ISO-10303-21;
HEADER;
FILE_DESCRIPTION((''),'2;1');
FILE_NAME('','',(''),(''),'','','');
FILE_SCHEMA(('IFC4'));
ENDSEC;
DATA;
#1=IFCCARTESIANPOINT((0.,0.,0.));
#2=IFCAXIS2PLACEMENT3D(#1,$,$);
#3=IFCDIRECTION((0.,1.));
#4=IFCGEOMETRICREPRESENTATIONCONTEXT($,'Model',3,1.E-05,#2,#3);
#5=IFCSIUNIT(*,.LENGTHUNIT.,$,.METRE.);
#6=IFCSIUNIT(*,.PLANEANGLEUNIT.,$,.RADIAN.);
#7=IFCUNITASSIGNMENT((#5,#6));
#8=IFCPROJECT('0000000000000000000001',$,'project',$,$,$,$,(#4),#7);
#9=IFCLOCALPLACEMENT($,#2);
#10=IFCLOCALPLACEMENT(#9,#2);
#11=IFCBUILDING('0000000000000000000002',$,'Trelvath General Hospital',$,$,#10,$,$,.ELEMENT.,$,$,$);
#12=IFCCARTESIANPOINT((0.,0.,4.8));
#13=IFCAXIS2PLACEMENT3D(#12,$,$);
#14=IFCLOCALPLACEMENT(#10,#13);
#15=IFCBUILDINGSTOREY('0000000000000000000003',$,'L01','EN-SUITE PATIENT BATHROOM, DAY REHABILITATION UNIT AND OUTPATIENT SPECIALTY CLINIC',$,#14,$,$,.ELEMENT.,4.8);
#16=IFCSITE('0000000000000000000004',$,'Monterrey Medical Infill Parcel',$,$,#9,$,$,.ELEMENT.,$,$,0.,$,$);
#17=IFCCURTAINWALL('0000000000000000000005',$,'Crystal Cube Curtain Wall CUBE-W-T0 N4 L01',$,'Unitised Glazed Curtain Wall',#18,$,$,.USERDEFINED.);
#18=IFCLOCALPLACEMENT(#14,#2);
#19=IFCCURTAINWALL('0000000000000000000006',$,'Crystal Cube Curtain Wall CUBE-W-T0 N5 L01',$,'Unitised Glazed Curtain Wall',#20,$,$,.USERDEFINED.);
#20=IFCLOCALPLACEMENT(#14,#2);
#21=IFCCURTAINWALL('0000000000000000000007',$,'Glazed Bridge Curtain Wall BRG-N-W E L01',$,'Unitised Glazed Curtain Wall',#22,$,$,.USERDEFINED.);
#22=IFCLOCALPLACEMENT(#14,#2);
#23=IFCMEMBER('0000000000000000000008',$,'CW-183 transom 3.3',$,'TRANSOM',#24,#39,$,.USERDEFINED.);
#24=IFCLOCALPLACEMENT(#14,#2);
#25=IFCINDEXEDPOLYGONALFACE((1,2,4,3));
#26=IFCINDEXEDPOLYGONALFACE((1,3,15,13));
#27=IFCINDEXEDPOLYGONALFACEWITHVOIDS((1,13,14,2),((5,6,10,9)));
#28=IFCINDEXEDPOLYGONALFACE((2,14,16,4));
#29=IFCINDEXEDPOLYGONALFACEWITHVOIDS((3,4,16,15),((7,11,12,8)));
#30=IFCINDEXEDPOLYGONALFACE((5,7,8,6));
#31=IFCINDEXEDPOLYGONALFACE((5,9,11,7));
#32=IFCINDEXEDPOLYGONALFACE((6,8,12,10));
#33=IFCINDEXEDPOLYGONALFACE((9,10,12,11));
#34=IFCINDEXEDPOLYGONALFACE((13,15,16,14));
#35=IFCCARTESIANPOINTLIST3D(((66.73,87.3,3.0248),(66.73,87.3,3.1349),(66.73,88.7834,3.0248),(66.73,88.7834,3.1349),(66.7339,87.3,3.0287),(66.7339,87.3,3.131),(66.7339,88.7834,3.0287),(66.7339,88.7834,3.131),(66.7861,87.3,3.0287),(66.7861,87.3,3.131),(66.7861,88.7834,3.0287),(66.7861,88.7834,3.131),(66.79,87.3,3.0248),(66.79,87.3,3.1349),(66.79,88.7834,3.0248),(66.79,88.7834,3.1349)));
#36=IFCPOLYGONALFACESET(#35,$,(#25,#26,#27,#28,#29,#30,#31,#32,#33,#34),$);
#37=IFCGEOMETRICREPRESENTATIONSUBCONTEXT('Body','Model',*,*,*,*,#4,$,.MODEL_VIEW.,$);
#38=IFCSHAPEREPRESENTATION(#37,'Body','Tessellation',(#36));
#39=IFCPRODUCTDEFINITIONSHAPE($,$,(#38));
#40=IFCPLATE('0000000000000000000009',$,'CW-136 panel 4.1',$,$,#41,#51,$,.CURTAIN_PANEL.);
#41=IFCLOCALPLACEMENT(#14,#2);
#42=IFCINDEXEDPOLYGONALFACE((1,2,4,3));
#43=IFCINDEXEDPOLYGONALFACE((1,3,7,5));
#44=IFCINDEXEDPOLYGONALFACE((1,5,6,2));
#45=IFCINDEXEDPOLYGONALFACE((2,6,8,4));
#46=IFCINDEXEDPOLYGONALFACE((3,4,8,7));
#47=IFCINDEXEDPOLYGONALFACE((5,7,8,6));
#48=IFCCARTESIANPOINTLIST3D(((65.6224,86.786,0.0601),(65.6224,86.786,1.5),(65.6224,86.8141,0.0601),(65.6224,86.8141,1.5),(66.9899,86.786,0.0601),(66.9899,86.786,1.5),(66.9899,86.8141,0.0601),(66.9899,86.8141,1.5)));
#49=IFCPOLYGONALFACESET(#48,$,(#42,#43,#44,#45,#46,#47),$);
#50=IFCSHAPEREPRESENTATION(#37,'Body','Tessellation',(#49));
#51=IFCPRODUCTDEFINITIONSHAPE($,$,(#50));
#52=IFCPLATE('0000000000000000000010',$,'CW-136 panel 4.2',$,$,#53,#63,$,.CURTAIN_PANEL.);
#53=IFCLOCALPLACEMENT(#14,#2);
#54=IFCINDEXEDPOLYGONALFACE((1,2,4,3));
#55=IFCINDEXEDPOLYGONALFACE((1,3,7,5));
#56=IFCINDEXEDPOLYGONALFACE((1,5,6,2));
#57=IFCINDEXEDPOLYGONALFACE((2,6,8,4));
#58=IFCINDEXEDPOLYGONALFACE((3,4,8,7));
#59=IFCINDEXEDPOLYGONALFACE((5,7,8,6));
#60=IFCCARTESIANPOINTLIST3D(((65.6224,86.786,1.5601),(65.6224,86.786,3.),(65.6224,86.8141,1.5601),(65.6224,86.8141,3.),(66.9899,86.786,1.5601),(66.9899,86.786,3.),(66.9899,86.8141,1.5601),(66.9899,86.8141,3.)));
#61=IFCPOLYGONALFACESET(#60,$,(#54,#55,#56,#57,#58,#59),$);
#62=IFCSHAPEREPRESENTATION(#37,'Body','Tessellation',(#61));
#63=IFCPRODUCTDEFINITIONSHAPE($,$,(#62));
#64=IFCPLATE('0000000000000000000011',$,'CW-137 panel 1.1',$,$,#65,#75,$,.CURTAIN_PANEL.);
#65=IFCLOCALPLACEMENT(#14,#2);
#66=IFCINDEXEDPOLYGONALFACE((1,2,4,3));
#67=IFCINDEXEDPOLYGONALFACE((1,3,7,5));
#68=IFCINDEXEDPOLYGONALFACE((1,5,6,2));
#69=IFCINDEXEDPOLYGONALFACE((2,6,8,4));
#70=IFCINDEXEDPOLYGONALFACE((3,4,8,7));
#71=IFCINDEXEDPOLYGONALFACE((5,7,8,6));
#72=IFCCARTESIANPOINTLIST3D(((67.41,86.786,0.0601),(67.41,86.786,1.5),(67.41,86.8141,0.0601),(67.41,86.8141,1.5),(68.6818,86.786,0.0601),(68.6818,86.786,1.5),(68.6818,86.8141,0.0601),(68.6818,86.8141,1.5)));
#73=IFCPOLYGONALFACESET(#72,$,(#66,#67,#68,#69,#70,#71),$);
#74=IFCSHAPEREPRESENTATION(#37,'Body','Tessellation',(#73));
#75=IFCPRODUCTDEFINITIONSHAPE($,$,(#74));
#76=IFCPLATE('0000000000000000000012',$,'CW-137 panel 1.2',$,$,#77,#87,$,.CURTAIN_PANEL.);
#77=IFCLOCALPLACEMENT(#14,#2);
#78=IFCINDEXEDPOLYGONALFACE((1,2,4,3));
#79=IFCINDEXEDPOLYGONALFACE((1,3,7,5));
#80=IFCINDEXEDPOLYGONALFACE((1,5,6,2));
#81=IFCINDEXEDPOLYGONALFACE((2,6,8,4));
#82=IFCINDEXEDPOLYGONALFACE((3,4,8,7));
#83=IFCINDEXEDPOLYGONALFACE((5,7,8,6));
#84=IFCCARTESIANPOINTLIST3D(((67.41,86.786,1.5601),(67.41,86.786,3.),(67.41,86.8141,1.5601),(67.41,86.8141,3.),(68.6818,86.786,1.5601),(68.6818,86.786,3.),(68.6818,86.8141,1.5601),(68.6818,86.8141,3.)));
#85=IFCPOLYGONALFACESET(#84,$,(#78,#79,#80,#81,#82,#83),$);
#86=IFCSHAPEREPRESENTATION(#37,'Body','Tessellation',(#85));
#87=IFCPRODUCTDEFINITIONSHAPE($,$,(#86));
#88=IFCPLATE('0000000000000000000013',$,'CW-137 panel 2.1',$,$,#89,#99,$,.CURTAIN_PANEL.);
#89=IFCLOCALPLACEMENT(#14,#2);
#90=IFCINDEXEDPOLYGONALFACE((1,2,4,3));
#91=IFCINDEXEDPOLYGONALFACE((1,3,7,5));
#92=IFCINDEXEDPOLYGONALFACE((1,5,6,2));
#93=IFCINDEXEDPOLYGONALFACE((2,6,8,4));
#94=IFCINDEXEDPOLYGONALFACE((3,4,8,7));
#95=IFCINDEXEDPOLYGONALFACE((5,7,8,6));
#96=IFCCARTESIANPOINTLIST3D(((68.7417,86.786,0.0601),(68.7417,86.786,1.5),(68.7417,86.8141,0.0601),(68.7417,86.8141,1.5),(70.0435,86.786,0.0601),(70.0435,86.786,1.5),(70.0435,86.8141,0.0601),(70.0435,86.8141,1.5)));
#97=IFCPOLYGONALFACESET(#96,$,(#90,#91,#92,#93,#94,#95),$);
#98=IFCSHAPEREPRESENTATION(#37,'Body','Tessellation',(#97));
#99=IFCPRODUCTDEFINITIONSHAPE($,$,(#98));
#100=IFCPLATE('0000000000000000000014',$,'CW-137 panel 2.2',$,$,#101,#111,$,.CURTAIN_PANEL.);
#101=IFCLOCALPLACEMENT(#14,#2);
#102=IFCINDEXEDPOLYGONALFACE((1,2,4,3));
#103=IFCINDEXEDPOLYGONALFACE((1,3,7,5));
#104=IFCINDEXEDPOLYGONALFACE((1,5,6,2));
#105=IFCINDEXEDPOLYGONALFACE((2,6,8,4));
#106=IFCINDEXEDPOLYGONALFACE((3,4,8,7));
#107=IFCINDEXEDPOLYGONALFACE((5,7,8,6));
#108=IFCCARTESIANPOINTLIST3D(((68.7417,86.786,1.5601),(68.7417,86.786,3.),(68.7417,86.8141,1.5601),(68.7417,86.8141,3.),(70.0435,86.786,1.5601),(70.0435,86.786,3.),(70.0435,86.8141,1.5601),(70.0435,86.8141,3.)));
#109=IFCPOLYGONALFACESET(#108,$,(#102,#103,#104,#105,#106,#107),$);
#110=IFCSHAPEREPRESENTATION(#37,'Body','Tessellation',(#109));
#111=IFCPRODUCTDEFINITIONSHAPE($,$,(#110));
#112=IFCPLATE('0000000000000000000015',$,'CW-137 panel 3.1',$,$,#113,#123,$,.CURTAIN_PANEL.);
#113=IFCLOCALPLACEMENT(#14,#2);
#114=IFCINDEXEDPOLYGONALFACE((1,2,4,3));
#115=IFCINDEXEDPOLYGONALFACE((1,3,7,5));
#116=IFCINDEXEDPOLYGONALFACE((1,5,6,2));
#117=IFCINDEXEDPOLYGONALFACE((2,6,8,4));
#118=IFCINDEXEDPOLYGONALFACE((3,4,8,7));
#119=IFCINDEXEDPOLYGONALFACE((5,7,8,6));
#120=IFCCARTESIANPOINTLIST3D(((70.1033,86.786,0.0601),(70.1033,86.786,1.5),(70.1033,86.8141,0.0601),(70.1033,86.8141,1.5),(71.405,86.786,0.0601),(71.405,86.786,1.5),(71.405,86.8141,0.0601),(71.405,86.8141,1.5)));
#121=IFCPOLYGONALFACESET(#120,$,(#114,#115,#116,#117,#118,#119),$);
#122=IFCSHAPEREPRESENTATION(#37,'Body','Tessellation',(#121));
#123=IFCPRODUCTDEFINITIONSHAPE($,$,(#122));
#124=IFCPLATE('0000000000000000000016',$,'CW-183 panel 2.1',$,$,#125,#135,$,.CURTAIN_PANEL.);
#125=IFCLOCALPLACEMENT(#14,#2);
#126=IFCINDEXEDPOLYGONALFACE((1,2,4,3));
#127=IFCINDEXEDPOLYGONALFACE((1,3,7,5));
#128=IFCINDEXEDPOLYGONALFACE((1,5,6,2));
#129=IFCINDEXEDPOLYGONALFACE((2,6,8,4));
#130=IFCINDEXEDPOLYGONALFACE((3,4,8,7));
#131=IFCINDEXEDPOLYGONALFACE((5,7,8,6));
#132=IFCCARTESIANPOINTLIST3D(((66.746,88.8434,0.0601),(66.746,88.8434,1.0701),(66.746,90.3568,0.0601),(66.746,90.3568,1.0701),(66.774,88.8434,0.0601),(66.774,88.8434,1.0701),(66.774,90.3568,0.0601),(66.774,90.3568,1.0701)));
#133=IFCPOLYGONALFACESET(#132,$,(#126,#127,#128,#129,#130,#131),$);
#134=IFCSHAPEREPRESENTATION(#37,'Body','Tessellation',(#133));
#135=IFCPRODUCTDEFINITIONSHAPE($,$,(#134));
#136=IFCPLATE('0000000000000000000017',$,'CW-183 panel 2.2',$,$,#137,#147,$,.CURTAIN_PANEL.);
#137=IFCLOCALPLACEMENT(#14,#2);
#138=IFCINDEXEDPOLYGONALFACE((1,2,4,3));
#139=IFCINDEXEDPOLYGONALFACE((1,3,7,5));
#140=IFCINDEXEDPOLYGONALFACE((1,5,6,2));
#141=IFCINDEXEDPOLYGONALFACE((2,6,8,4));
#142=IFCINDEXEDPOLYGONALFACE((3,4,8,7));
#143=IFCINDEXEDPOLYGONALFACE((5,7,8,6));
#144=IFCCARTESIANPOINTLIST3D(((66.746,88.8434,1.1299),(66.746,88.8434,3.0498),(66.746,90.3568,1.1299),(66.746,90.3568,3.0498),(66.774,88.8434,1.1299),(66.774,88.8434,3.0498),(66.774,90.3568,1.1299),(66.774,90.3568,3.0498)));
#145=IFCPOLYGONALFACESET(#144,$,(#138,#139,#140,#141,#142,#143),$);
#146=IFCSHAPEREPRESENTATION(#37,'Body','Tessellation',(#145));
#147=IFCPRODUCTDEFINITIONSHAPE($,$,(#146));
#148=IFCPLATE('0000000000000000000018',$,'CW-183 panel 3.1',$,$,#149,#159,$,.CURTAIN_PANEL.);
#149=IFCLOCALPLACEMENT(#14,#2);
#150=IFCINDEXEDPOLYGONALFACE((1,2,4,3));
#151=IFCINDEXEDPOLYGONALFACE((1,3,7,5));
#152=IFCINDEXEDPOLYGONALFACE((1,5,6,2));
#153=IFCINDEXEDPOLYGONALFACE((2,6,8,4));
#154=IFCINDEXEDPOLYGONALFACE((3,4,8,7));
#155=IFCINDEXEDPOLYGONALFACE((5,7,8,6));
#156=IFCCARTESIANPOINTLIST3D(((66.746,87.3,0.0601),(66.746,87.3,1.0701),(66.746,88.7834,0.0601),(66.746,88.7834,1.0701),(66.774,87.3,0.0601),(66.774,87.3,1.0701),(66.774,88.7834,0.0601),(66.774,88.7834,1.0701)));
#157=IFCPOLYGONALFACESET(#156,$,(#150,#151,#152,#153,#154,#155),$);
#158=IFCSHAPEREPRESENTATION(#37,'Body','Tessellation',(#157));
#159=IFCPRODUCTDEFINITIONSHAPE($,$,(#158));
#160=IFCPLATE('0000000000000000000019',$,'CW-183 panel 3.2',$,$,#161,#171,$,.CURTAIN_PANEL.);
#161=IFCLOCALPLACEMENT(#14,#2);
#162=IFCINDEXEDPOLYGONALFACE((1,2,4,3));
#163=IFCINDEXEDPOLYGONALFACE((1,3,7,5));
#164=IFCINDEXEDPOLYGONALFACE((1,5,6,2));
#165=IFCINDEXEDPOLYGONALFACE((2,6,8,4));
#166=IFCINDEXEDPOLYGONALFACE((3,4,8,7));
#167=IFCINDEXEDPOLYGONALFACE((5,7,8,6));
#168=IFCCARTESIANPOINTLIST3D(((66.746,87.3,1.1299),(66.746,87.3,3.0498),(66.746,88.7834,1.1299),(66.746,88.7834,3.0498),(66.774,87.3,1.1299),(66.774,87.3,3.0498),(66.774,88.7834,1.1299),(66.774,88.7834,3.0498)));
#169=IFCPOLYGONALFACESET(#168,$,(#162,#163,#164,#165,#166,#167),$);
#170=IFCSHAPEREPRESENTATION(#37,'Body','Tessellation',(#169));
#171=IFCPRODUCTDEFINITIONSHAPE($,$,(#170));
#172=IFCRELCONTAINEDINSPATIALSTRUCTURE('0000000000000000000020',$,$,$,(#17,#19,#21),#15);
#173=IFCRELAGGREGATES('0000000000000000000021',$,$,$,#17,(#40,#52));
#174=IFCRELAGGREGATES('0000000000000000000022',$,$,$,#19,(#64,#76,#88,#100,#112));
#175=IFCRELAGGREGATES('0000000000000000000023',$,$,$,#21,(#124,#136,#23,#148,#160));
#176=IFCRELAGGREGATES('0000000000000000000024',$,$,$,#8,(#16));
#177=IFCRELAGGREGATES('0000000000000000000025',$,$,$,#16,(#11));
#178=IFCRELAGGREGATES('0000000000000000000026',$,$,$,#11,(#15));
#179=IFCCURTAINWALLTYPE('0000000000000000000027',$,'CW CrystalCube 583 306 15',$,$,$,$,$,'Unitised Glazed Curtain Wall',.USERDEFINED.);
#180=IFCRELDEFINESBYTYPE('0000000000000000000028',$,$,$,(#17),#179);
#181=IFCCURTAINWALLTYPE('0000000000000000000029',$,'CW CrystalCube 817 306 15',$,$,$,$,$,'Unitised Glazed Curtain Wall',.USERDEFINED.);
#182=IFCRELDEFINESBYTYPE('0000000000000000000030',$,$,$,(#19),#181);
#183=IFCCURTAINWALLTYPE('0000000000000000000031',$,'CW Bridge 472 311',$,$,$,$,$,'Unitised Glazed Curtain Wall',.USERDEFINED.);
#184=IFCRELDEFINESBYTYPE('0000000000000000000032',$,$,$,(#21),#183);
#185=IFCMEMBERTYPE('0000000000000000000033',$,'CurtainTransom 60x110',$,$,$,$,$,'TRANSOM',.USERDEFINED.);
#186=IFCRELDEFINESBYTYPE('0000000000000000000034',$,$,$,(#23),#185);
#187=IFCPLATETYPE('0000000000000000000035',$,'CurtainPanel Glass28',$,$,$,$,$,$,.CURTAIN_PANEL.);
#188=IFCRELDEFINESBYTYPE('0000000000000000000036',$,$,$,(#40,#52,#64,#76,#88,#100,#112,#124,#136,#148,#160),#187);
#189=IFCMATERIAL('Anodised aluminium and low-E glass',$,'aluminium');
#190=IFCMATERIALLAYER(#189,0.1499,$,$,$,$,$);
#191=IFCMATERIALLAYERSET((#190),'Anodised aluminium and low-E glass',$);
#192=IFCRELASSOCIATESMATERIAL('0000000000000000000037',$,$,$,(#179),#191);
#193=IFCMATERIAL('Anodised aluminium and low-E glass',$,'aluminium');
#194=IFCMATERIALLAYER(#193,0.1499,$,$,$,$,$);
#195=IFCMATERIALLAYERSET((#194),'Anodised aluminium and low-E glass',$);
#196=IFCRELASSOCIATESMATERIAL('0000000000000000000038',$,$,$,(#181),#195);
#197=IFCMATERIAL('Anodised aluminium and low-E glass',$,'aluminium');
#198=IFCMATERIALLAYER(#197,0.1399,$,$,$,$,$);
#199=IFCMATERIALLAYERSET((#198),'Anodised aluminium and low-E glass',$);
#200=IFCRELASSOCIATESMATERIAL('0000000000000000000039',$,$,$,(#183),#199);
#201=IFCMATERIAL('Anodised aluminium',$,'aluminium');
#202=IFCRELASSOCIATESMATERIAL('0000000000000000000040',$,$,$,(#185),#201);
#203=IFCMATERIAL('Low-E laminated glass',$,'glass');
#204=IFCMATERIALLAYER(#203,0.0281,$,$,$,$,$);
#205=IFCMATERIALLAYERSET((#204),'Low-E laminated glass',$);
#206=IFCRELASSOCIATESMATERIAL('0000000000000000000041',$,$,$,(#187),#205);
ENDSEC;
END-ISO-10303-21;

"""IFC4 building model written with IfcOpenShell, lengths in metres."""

from ifc_helpers import new_model, si_unit, direction, frame, origin, origin_2d, place, context, subcontext, project, spatial, rectangle, hollow_rectangle, extrude, material, layer, layer_set, material_profile, profile_set, type_object, element, aggregate, save


model = new_model("IFC4")

# Units and contexts
model_context = context("Model", 3, precision=1e-05, world=origin(), true_north=direction((0.0, 1.0)))
body_context = subcontext(model_context, "Body", "Model", "MODEL_VIEW")
ifc_project = project(units=[si_unit("LENGTHUNIT", "METRE"), si_unit("PLANEANGLEUNIT", "RADIAN")], contexts=[model_context])

# Site, building, storey
site_placement = place(None, origin())
site = spatial("IfcSite", under=ifc_project, at=site_placement, Name="Monterrey Medical Infill Parcel", CompositionType="ELEMENT", RefElevation=0.0)
building_placement = place(site_placement, origin())
building = spatial("IfcBuilding", under=site, at=building_placement, Name="Trelvath General Hospital", CompositionType="ELEMENT")
storey_placement = place(building_placement, frame((0.0, 0.0, 4.8)))
storey = spatial("IfcBuildingStorey", under=building, at=storey_placement, Name="L01", Description="EN-SUITE PATIENT BATHROOM, DAY REHABILITATION UNIT AND OUTPATIENT SPECIALTY CLINIC", CompositionType="ELEMENT", Elevation=4.8)

# Curtain wall
ifc_material_1 = material(Name="Anodised aluminium and low-E glass", Category="aluminium")
ifc_layer_1 = layer(ifc_material_1, 0.1499)
ifc_layer_set_1 = layer_set([ifc_layer_1], Name="Anodised aluminium and low-E glass")
curtain_wall_type_1 = type_object("IfcCurtainWallType", Name="CW CrystalCube 583 306 15", ElementType="Unitised Glazed Curtain Wall", PredefinedType="USERDEFINED", material=ifc_layer_set_1)
curtain_wall_1_placement = place(storey_placement, origin())
curtain_wall_1 = element("IfcCurtainWall", 1, at=curtain_wall_1_placement, inside=storey, type_object=curtain_wall_type_1, Name="Crystal Cube Curtain Wall CUBE-W-T0 N4 L01", ObjectType="Unitised Glazed Curtain Wall", PredefinedType="USERDEFINED")

# Curtain walls
ifc_material_2 = material(Name="Anodised aluminium and low-E glass", Category="aluminium")
ifc_layer_2 = layer(ifc_material_2, 0.1499)
ifc_layer_set_2 = layer_set([ifc_layer_2], Name="Anodised aluminium and low-E glass")
curtain_wall_type_2 = type_object("IfcCurtainWallType", Name="CW CrystalCube 817 306 15", ElementType="Unitised Glazed Curtain Wall", PredefinedType="USERDEFINED", material=ifc_layer_set_2)
curtain_wall_2_placement = place(storey_placement, origin())
curtain_wall_2 = element("IfcCurtainWall", 2, at=curtain_wall_2_placement, inside=storey, type_object=curtain_wall_type_2, Name="Crystal Cube Curtain Wall CUBE-W-T0 N5 L01", ObjectType="Unitised Glazed Curtain Wall", PredefinedType="USERDEFINED")
ifc_material_3 = material(Name="Anodised aluminium and low-E glass", Category="aluminium")
ifc_layer_3 = layer(ifc_material_3, 0.1399)
ifc_layer_set_3 = layer_set([ifc_layer_3], Name="Anodised aluminium and low-E glass")
curtain_wall_type_3 = type_object("IfcCurtainWallType", Name="CW Bridge 472 311", ElementType="Unitised Glazed Curtain Wall", PredefinedType="USERDEFINED", material=ifc_layer_set_3)
curtain_wall_3_placement = place(storey_placement, origin())
curtain_wall_3 = element("IfcCurtainWall", 3, at=curtain_wall_3_placement, inside=storey, type_object=curtain_wall_type_3, Name="Glazed Bridge Curtain Wall BRG-N-W E L01", ObjectType="Unitised Glazed Curtain Wall", PredefinedType="USERDEFINED")

# Member
ifc_material_4 = material(Name="Anodised aluminium", Category="aluminium")
ifc_material_profile_1 = material_profile(ifc_material_4, hollow_rectangle(XDim=0.0601, YDim=0.1101, WallThickness=0.0039, at=origin_2d()), Name="RHS60x110x4")
ifc_profile_set_1 = profile_set([ifc_material_profile_1], Name="Anodised aluminium")
member_type_1 = type_object("IfcMemberType", Name="CurtainTransom 60x110", ElementType="TRANSOM", PredefinedType="USERDEFINED", material=ifc_profile_set_1)
member_1_placement = place(storey_placement, frame((66.76, 88.7834, 3.0798), z_axis=(0.0, -1.0, 0.0), x_axis=(1.0, 0.0, 0.0)))
member_1 = element("IfcMember", 4, at=member_1_placement, type_object=member_type_1, Name="CW-183 transom 3.3", ObjectType="TRANSOM", PredefinedType="USERDEFINED", context=body_context, shape_type="SweptSolid", body=[
    extrude(hollow_rectangle(XDim=0.0601, YDim=0.1101, WallThickness=0.0039, at=origin_2d()), origin(), (0.0, 0.0, 1.0), 1.4834),
])

# Plates
ifc_material_5 = material(Name="Low-E laminated glass", Category="glass")
ifc_layer_4 = layer(ifc_material_5, 0.0281)
ifc_layer_set_4 = layer_set([ifc_layer_4], Name="Low-E laminated glass")
plate_type = type_object("IfcPlateType", Name="CurtainPanel Glass28", PredefinedType="CURTAIN_PANEL", material=ifc_layer_set_4)
plate_1_placement = place(storey_placement, frame((66.3062, 86.8, 0.0601), z_axis=(0.0, 0.0, 1.0), x_axis=(1.0, 0.0, 0.0)))
plate_1 = element("IfcPlate", 5, at=plate_1_placement, type_object=plate_type, Name="CW-136 panel 4.1", PredefinedType="CURTAIN_PANEL", context=body_context, shape_type="SweptSolid", body=[
    extrude(rectangle(XDim=1.3674, YDim=0.0281, at=origin_2d()), origin(), (0.0, 0.0, 1.0), 1.4399),
])
plate_2_placement = place(storey_placement, frame((66.3062, 86.8, 1.5601), z_axis=(0.0, 0.0, 1.0), x_axis=(1.0, 0.0, 0.0)))
plate_2 = element("IfcPlate", 6, at=plate_2_placement, type_object=plate_type, Name="CW-136 panel 4.2", PredefinedType="CURTAIN_PANEL", context=body_context, shape_type="SweptSolid", body=[
    extrude(rectangle(XDim=1.3674, YDim=0.0281, at=origin_2d()), origin(), (0.0, 0.0, 1.0), 1.4399),
])
aggregate(curtain_wall_1, [plate_1, plate_2])
plate_3_placement = place(storey_placement, frame((68.0459, 86.8, 0.0601), z_axis=(0.0, 0.0, 1.0), x_axis=(1.0, 0.0, 0.0)))
plate_3 = element("IfcPlate", 7, at=plate_3_placement, type_object=plate_type, Name="CW-137 panel 1.1", PredefinedType="CURTAIN_PANEL", context=body_context, shape_type="SweptSolid", body=[
    extrude(rectangle(XDim=1.2717, YDim=0.0281, at=origin_2d()), origin(), (0.0, 0.0, 1.0), 1.4399),
])
plate_4_placement = place(storey_placement, frame((68.0459, 86.8, 1.5601), z_axis=(0.0, 0.0, 1.0), x_axis=(1.0, 0.0, 0.0)))
plate_4 = element("IfcPlate", 8, at=plate_4_placement, type_object=plate_type, Name="CW-137 panel 1.2", PredefinedType="CURTAIN_PANEL", context=body_context, shape_type="SweptSolid", body=[
    extrude(rectangle(XDim=1.2717, YDim=0.0281, at=origin_2d()), origin(), (0.0, 0.0, 1.0), 1.4399),
])
plate_5_placement = place(storey_placement, frame((69.3926, 86.8, 0.0601), z_axis=(0.0, 0.0, 1.0), x_axis=(1.0, 0.0, 0.0)))
plate_5 = element("IfcPlate", 9, at=plate_5_placement, type_object=plate_type, Name="CW-137 panel 2.1", PredefinedType="CURTAIN_PANEL", context=body_context, shape_type="SweptSolid", body=[
    extrude(rectangle(XDim=1.3018, YDim=0.0281, at=origin_2d()), origin(), (0.0, 0.0, 1.0), 1.4399),
])
plate_6_placement = place(storey_placement, frame((69.3926, 86.8, 1.5601), z_axis=(0.0, 0.0, 1.0), x_axis=(1.0, 0.0, 0.0)))
plate_6 = element("IfcPlate", 10, at=plate_6_placement, type_object=plate_type, Name="CW-137 panel 2.2", PredefinedType="CURTAIN_PANEL", context=body_context, shape_type="SweptSolid", body=[
    extrude(rectangle(XDim=1.3018, YDim=0.0281, at=origin_2d()), origin(), (0.0, 0.0, 1.0), 1.4399),
])
plate_7_placement = place(storey_placement, frame((70.7542, 86.8, 0.0601), z_axis=(0.0, 0.0, 1.0), x_axis=(1.0, 0.0, 0.0)))
plate_7 = element("IfcPlate", 11, at=plate_7_placement, type_object=plate_type, Name="CW-137 panel 3.1", PredefinedType="CURTAIN_PANEL", context=body_context, shape_type="SweptSolid", body=[
    extrude(rectangle(XDim=1.3018, YDim=0.0281, at=origin_2d()), origin(), (0.0, 0.0, 1.0), 1.4399),
])
aggregate(curtain_wall_2, [plate_3, plate_4, plate_5, plate_6, plate_7])
plate_8_placement = place(storey_placement, frame((66.76, 89.6001, 0.0601), z_axis=(0.0, 0.0, 1.0), x_axis=(0.0, -1.0, 0.0)))
plate_8 = element("IfcPlate", 12, at=plate_8_placement, type_object=plate_type, Name="CW-183 panel 2.1", PredefinedType="CURTAIN_PANEL", context=body_context, shape_type="SweptSolid", body=[
    extrude(rectangle(XDim=1.5134, YDim=0.0281, at=origin_2d()), origin(), (0.0, 0.0, 1.0), 1.01),
])
plate_9_placement = place(storey_placement, frame((66.76, 89.6001, 1.1299), z_axis=(0.0, 0.0, 1.0), x_axis=(0.0, -1.0, 0.0)))
plate_9 = element("IfcPlate", 13, at=plate_9_placement, type_object=plate_type, Name="CW-183 panel 2.2", PredefinedType="CURTAIN_PANEL", context=body_context, shape_type="SweptSolid", body=[
    extrude(rectangle(XDim=1.5134, YDim=0.0281, at=origin_2d()), origin(), (0.0, 0.0, 1.0), 1.9199),
])
plate_10_placement = place(storey_placement, frame((66.76, 88.0417, 0.0601), z_axis=(0.0, 0.0, 1.0), x_axis=(0.0, -1.0, 0.0)))
plate_10 = element("IfcPlate", 14, at=plate_10_placement, type_object=plate_type, Name="CW-183 panel 3.1", PredefinedType="CURTAIN_PANEL", context=body_context, shape_type="SweptSolid", body=[
    extrude(rectangle(XDim=1.4834, YDim=0.0281, at=origin_2d()), origin(), (0.0, 0.0, 1.0), 1.01),
])
plate_11_placement = place(storey_placement, frame((66.76, 88.0417, 1.1299), z_axis=(0.0, 0.0, 1.0), x_axis=(0.0, -1.0, 0.0)))
plate_11 = element("IfcPlate", 15, at=plate_11_placement, type_object=plate_type, Name="CW-183 panel 3.2", PredefinedType="CURTAIN_PANEL", context=body_context, shape_type="SweptSolid", body=[
    extrude(rectangle(XDim=1.4834, YDim=0.0281, at=origin_2d()), origin(), (0.0, 0.0, 1.0), 1.9199),
])
aggregate(curtain_wall_3, [plate_8, plate_9, member_1, plate_10, plate_11])

save(model, "model.ifc")
